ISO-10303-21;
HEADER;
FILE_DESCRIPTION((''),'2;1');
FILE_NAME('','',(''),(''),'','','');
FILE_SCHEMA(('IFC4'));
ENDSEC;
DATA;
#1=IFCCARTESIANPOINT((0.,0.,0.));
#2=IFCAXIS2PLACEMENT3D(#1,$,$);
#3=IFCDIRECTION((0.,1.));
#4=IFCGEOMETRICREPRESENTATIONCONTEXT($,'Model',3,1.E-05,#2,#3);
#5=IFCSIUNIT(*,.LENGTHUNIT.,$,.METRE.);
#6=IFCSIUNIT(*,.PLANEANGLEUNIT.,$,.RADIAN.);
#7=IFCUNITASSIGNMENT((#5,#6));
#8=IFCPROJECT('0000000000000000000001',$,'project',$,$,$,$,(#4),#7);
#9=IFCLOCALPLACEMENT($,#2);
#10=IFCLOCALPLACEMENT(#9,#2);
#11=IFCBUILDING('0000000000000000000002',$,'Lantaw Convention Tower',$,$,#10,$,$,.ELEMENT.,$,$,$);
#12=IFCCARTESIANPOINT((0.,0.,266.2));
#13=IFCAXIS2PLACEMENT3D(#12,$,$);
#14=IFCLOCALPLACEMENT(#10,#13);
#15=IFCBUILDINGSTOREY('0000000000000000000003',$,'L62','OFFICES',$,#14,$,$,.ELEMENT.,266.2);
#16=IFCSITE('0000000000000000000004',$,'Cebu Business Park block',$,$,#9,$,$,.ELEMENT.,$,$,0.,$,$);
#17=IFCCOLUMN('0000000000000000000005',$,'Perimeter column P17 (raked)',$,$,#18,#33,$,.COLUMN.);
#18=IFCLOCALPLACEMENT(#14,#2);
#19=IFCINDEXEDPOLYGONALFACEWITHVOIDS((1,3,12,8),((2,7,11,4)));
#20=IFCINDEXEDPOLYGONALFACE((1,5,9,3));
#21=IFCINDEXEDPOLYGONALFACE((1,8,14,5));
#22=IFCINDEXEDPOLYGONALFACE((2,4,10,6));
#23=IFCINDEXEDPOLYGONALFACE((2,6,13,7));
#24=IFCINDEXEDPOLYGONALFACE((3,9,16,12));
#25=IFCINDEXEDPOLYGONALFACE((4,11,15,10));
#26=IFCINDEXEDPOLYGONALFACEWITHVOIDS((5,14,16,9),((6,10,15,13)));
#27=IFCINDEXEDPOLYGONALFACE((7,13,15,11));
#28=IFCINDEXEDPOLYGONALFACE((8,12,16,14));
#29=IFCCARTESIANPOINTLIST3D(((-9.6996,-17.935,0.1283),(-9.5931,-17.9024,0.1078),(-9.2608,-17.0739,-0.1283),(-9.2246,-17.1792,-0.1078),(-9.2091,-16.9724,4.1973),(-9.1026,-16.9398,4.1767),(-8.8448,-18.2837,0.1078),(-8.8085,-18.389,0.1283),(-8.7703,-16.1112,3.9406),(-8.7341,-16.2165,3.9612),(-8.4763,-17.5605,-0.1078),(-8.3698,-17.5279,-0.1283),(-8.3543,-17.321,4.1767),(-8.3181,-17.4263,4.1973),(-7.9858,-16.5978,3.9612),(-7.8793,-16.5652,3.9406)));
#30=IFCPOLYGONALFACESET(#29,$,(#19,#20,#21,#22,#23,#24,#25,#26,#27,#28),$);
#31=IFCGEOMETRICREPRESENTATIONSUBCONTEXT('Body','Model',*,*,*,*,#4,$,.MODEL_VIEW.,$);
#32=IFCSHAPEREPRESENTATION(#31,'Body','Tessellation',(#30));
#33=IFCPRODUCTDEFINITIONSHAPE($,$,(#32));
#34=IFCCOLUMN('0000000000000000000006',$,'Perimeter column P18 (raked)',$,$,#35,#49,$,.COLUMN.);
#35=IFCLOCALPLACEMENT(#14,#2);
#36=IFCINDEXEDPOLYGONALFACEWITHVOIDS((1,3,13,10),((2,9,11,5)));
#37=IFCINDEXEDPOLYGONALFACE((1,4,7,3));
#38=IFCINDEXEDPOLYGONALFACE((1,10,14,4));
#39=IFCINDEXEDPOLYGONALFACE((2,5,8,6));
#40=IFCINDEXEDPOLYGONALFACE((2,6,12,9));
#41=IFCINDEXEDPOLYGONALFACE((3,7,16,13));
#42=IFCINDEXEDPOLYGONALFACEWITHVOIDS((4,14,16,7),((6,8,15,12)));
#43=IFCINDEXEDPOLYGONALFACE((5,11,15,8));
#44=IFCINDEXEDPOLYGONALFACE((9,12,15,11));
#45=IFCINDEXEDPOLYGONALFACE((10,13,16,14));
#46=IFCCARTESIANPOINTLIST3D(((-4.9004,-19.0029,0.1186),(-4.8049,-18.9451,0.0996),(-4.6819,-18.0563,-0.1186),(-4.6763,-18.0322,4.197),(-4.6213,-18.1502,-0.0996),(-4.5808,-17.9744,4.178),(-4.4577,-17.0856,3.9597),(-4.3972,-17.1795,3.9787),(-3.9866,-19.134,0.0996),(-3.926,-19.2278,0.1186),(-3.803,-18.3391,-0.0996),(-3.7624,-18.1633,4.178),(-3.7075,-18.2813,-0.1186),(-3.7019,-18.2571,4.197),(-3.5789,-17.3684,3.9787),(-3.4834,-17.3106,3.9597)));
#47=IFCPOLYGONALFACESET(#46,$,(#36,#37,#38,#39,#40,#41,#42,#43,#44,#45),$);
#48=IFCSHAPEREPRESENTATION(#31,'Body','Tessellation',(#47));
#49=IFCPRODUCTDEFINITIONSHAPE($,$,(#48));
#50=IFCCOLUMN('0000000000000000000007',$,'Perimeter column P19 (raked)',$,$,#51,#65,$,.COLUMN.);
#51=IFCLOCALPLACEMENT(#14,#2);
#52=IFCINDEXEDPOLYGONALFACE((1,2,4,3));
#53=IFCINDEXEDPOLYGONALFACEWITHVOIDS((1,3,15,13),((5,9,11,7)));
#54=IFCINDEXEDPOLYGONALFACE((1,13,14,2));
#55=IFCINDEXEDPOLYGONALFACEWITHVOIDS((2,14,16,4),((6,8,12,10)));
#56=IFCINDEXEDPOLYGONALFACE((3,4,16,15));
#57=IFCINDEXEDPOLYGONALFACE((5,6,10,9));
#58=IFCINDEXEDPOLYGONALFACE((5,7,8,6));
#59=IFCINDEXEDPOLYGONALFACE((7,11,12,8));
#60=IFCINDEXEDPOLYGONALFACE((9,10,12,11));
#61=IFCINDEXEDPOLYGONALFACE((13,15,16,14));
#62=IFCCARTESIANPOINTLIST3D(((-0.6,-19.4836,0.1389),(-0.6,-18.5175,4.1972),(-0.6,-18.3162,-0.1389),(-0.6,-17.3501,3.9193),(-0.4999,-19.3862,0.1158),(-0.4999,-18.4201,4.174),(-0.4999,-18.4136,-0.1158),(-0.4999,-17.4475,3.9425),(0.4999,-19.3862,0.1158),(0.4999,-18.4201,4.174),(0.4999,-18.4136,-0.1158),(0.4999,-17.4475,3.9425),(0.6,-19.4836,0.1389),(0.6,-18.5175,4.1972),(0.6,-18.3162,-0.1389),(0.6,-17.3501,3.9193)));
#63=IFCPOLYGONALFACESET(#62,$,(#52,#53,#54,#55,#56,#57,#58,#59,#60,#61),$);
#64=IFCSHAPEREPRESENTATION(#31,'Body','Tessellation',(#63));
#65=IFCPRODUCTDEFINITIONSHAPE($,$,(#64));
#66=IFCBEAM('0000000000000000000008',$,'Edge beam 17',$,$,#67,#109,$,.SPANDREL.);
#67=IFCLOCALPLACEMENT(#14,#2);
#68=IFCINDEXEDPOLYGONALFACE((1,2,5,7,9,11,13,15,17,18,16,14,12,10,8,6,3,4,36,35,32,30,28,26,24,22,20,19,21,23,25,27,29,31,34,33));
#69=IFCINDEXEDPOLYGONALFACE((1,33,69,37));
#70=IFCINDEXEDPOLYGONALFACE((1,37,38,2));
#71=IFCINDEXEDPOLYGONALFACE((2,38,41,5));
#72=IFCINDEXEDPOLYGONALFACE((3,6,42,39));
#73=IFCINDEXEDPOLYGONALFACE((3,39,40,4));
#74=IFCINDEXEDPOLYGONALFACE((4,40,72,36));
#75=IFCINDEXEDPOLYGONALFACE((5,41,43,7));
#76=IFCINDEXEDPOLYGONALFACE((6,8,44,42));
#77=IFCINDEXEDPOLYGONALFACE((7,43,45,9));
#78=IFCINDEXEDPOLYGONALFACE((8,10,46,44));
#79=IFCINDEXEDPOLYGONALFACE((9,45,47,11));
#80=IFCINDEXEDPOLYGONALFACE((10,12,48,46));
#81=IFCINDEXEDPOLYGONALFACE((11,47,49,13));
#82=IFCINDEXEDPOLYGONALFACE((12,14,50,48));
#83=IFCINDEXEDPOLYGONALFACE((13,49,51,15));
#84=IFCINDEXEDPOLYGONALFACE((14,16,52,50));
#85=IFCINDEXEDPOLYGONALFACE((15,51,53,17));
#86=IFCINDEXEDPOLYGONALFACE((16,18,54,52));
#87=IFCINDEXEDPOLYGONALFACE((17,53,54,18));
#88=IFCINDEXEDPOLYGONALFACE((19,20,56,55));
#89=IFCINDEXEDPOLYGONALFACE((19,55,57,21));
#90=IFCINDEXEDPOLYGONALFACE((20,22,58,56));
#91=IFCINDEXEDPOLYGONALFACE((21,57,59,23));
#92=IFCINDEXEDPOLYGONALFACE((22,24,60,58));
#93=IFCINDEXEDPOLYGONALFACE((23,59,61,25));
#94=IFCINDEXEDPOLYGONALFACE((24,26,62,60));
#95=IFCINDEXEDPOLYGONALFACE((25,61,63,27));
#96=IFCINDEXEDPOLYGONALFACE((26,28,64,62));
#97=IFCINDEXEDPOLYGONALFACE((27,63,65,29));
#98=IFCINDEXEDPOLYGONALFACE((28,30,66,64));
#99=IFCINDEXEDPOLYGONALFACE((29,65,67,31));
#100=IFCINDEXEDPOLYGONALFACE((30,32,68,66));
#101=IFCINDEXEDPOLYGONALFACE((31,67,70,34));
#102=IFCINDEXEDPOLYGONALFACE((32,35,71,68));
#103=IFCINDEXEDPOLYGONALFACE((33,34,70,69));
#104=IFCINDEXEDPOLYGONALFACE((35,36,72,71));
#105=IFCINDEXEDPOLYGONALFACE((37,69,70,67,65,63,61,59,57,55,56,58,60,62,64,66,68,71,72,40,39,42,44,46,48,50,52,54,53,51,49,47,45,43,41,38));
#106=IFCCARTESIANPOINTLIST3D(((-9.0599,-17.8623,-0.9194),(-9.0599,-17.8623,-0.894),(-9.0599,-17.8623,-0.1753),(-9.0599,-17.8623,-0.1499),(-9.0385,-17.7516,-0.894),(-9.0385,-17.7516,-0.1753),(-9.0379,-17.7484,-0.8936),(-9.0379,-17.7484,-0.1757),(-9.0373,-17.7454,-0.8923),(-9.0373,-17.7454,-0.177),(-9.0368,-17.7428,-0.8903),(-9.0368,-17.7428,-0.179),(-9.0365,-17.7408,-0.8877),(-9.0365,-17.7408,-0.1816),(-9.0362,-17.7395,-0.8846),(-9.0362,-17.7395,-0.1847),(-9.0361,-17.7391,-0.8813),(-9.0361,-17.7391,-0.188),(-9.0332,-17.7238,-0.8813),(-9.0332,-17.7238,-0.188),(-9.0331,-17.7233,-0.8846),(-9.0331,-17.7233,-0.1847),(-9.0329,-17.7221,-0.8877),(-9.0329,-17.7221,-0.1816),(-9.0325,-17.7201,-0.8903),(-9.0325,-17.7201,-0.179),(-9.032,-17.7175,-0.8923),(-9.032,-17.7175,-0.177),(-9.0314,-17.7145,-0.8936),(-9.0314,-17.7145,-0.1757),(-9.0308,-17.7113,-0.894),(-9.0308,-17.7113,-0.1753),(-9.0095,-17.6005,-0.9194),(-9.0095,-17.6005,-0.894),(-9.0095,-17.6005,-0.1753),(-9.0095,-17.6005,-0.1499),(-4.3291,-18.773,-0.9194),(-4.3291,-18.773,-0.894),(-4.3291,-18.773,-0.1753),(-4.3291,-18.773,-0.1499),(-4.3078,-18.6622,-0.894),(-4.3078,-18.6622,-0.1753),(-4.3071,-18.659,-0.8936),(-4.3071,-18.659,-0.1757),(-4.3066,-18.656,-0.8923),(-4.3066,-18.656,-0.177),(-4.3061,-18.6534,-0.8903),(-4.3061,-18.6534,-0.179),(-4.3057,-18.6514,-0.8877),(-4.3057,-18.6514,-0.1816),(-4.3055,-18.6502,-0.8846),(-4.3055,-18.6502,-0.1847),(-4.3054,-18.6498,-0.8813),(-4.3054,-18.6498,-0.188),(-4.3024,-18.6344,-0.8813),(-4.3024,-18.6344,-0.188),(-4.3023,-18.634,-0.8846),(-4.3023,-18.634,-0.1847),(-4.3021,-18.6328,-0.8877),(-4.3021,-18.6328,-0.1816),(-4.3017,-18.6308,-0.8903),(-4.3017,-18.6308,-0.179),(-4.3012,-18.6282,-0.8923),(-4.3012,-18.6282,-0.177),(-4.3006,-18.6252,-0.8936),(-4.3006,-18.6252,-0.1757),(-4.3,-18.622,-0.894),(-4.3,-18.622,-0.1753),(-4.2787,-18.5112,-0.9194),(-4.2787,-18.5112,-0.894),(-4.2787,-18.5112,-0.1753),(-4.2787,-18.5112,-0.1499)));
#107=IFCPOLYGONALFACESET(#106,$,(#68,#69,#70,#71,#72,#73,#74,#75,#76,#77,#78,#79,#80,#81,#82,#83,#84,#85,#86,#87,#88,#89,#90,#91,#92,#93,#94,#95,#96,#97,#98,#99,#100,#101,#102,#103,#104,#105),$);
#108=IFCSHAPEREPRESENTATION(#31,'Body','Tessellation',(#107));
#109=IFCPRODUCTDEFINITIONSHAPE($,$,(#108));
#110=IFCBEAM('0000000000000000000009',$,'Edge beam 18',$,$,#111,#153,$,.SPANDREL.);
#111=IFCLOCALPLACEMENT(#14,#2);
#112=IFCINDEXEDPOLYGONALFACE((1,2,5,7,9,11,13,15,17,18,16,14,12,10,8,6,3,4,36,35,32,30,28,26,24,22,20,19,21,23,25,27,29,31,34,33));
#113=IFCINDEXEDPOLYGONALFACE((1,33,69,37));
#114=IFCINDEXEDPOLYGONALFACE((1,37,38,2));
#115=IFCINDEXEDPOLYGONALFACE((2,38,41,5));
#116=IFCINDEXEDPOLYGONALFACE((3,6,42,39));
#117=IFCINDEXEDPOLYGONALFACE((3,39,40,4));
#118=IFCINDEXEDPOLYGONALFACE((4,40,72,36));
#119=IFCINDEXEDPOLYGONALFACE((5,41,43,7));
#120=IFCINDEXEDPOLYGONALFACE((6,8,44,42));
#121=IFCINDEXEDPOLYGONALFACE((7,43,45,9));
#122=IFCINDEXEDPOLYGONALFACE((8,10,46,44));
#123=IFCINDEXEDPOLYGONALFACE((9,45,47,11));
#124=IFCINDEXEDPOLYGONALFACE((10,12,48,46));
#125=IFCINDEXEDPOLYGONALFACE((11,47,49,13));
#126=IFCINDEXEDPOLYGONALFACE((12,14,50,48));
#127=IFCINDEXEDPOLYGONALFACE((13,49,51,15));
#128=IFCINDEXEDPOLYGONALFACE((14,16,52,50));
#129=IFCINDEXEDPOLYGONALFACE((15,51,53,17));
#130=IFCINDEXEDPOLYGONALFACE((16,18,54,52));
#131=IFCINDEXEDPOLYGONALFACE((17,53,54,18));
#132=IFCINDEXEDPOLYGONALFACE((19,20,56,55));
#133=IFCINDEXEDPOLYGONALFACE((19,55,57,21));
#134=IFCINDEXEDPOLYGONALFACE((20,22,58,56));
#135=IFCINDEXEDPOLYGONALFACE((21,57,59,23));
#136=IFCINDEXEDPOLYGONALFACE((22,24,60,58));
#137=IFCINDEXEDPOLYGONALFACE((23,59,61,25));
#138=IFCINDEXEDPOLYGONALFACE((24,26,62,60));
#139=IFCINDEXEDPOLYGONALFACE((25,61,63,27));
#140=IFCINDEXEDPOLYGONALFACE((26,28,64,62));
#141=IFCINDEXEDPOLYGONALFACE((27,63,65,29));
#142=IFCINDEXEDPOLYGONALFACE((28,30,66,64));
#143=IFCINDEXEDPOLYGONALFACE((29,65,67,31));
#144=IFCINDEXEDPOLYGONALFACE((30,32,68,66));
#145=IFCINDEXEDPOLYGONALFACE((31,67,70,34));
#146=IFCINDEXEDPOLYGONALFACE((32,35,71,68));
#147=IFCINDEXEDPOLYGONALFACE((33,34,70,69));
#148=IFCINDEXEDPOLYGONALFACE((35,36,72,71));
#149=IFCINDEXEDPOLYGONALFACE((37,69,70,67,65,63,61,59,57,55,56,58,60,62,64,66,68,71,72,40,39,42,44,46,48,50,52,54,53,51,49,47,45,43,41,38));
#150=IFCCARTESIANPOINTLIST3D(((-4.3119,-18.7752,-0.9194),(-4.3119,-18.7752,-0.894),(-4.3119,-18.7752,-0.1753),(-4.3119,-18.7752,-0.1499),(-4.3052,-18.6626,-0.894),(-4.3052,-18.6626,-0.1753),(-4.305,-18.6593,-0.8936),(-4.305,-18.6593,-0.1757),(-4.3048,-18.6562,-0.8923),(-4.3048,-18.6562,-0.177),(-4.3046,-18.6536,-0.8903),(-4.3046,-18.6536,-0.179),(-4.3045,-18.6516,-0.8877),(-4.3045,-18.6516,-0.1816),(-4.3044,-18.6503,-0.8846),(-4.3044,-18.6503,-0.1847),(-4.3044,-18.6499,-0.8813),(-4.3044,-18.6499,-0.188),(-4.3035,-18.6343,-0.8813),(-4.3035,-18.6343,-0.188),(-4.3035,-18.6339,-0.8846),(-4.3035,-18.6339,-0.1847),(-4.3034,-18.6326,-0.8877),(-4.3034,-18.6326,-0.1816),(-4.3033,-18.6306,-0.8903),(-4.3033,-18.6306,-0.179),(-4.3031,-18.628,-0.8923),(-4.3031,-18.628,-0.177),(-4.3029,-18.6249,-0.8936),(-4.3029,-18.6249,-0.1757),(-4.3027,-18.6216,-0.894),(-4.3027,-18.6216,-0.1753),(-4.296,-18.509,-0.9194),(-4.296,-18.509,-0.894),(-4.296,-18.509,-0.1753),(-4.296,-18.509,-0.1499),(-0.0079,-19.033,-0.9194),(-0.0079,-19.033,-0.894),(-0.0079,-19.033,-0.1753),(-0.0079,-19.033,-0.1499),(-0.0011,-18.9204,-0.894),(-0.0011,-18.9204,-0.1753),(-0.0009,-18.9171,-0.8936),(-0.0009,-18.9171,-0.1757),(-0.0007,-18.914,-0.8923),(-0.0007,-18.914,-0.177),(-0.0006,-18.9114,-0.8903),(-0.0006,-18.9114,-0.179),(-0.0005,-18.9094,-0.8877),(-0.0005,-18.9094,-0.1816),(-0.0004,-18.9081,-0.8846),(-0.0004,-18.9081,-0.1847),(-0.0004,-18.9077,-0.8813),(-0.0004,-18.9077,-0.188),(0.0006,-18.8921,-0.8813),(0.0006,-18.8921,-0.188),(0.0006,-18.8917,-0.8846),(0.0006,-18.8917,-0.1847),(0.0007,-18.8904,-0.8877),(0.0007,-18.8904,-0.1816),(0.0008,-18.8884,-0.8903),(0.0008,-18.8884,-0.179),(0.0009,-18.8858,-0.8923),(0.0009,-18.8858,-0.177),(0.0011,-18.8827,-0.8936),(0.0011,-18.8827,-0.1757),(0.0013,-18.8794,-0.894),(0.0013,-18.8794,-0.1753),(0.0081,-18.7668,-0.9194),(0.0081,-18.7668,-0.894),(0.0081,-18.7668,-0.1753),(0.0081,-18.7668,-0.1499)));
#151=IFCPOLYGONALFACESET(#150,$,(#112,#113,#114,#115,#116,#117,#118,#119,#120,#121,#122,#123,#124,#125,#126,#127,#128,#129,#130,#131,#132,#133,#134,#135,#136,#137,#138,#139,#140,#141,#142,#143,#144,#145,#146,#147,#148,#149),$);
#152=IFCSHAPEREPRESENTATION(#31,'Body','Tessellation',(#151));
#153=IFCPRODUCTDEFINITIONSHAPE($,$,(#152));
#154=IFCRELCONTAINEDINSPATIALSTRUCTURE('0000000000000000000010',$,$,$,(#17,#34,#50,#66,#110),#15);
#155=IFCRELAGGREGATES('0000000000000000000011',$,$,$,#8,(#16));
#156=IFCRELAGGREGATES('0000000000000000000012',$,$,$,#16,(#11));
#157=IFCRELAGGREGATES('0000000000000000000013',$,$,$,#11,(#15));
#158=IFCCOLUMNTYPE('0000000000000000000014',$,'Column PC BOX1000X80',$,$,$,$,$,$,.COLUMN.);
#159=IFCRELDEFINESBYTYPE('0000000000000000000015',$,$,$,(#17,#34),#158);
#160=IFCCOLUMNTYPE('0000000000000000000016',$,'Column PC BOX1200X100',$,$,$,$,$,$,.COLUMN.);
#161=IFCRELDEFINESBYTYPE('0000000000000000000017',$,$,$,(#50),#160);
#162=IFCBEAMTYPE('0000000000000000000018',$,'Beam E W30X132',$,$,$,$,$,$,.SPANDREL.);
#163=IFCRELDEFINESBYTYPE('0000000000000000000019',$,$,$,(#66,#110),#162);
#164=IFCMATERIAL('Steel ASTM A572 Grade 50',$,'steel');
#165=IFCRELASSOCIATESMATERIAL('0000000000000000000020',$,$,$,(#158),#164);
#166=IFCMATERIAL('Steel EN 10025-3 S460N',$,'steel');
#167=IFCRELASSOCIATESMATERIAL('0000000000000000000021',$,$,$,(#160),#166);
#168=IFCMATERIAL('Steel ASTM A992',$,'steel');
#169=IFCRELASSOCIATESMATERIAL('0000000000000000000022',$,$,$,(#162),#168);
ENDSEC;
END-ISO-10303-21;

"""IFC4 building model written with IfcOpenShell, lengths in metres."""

from ifc_helpers import new_model, si_unit, direction, frame, origin, origin_2d, place, context, subcontext, project, spatial, rectangle, hollow_rectangle, i_section, extrude, material, material_profile, profile_set, type_object, element, save


model = new_model("IFC4")

# Units and contexts
model_context = context("Model", 3, precision=1e-05, world=origin(), true_north=direction((0.0, 1.0)))
body_context = subcontext(model_context, "Body", "Model", "MODEL_VIEW")
ifc_project = project(units=[si_unit("LENGTHUNIT", "METRE"), si_unit("PLANEANGLEUNIT", "RADIAN")], contexts=[model_context])

# Site, building, storey
site_placement = place(None, origin())
site = spatial("IfcSite", under=ifc_project, at=site_placement, Name="Cebu Business Park block", CompositionType="ELEMENT", RefElevation=0.0)
building_placement = place(site_placement, origin())
building = spatial("IfcBuilding", under=site, at=building_placement, Name="Lantaw Convention Tower", CompositionType="ELEMENT")
storey_placement = place(building_placement, frame((0.0, 0.0, 266.2)))
storey = spatial("IfcBuildingStorey", under=building, at=storey_placement, Name="L62", Description="OFFICES", CompositionType="ELEMENT", Elevation=266.2)

# Columns
ifc_material_1 = material(Name="Steel ASTM A572 Grade 50", Category="steel")
ifc_material_profile_1 = material_profile(ifc_material_1, hollow_rectangle(XDim=1.0, YDim=1.0, WallThickness=0.0801, at=origin_2d()), Name="BOX1000X80")
ifc_material_2 = material(Name="Concrete C60/75", Category="concrete")
ifc_material_profile_2 = material_profile(ifc_material_2, rectangle(XDim=0.8401, YDim=0.8401, at=origin_2d()), Name="Concrete fill of BOX1000X80")
ifc_profile_set_1 = profile_set([ifc_material_profile_1, ifc_material_profile_2], Name="Steel ASTM A572 Grade 50")
column_type_1 = type_object("IfcColumnType", Name="Column PC BOX1000X80", PredefinedType="COLUMN", material=ifc_profile_set_1)
column_1_placement = place(storey_placement, frame((-9.0347, -17.7314, 0.0), z_axis=(0.116508, 0.228666, 0.966508), x_axis=(-0.891012, 0.45398, 0.0)))
element("IfcColumn", 1, at=column_1_placement, inside=storey, type_object=column_type_1, Name="Perimeter column P17 (raked)", PredefinedType="COLUMN", context=body_context, shape_type="SweptSolid", body=[
    extrude(hollow_rectangle(XDim=1.0, YDim=1.0, WallThickness=0.0801, at=origin_2d()), origin(), (0.0, 0.0, 1.0), 4.21),
])
column_2_placement = place(storey_placement, frame((-4.304, -18.6421, 0.0), z_axis=(0.053384, 0.231214, 0.971437), x_axis=(-0.974366, 0.224967, 0.0)))
element("IfcColumn", 2, at=column_2_placement, inside=storey, type_object=column_type_1, Name="Perimeter column P18 (raked)", PredefinedType="COLUMN", context=body_context, shape_type="SweptSolid", body=[
    extrude(hollow_rectangle(XDim=1.0, YDim=1.0, WallThickness=0.0801, at=origin_2d()), origin(), (0.0, 0.0, 1.0), 4.1982),
])
ifc_material_3 = material(Name="Steel EN 10025-3 S460N", Category="steel")
ifc_material_profile_3 = material_profile(ifc_material_3, hollow_rectangle(XDim=1.2, YDim=1.2, WallThickness=0.1001, at=origin_2d()), Name="BOX1200X100")
ifc_material_profile_4 = material_profile(ifc_material_2, rectangle(XDim=1.0, YDim=1.0, at=origin_2d()), Name="Concrete fill of BOX1200X100")
ifc_profile_set_2 = profile_set([ifc_material_profile_3, ifc_material_profile_4], Name="Steel EN 10025-3 S460N")
column_type_2 = type_object("IfcColumnType", Name="Column PC BOX1200X100", PredefinedType="COLUMN", material=ifc_profile_set_2)
column_3_placement = place(storey_placement, frame((0.0, -18.8999, 0.0), z_axis=(0.0, 0.231586, 0.972814), x_axis=(-1.0, 0.0, 0.0)))
element("IfcColumn", 3, at=column_3_placement, inside=storey, type_object=column_type_2, Name="Perimeter column P19 (raked)", PredefinedType="COLUMN", context=body_context, shape_type="SweptSolid", body=[
    extrude(hollow_rectangle(XDim=1.2, YDim=1.2, WallThickness=0.1001, at=origin_2d()), origin(), (0.0, 0.0, 1.0), 4.1716),
])

# Beams
ifc_material_4 = material(Name="Steel ASTM A992", Category="steel")
ifc_material_profile_5 = material_profile(ifc_material_4, i_section(OverallWidth=0.2666, OverallDepth=0.7695, WebThickness=0.0156, FlangeThickness=0.0254, FilletRadius=0.0127, at=origin_2d()), Name="W30X132")
ifc_profile_set_3 = profile_set([ifc_material_profile_5], Name="Steel ASTM A992")
beam_type_1 = type_object("IfcBeamType", Name="Beam E W30X132", PredefinedType="SPANDREL", material=ifc_profile_set_3)
beam_1_placement = place(storey_placement, frame((-9.0347, -17.7314, -0.5347), z_axis=(0.981972, -0.189026, 0.0), x_axis=(0.189026, 0.981972, 0.0)))
element("IfcBeam", 4, at=beam_1_placement, inside=storey, type_object=beam_type_1, Name="Edge beam 17", PredefinedType="SPANDREL", context=body_context, shape_type="SweptSolid", body=[
    extrude(i_section(OverallWidth=0.2666, OverallDepth=0.7695, WebThickness=0.0156, FlangeThickness=0.0254, FilletRadius=0.0127, at=origin_2d()), origin(), (0.0, 0.0, 1.0), 4.8176),
])
for number, where, z_axis, x_axis, name in (
    (5, (-4.304, -18.6421, -0.5347), (0.998211, -0.059794, 0.0), (0.059794, 0.998211, 0.0), "Edge beam 18"),
):
    element("IfcBeam", number, at=place(storey_placement, frame(where, z_axis=z_axis, x_axis=x_axis)), inside=storey, type_object=beam_type_1, Name=name, PredefinedType="SPANDREL", context=body_context, shape_type="SweptSolid", body=[
        extrude(i_section(OverallWidth=0.2666, OverallDepth=0.7695, WebThickness=0.0156, FlangeThickness=0.0254, FilletRadius=0.0127, at=origin_2d()), origin(), (0.0, 0.0, 1.0), 4.3118),
    ])

save(model, "model.ifc")
